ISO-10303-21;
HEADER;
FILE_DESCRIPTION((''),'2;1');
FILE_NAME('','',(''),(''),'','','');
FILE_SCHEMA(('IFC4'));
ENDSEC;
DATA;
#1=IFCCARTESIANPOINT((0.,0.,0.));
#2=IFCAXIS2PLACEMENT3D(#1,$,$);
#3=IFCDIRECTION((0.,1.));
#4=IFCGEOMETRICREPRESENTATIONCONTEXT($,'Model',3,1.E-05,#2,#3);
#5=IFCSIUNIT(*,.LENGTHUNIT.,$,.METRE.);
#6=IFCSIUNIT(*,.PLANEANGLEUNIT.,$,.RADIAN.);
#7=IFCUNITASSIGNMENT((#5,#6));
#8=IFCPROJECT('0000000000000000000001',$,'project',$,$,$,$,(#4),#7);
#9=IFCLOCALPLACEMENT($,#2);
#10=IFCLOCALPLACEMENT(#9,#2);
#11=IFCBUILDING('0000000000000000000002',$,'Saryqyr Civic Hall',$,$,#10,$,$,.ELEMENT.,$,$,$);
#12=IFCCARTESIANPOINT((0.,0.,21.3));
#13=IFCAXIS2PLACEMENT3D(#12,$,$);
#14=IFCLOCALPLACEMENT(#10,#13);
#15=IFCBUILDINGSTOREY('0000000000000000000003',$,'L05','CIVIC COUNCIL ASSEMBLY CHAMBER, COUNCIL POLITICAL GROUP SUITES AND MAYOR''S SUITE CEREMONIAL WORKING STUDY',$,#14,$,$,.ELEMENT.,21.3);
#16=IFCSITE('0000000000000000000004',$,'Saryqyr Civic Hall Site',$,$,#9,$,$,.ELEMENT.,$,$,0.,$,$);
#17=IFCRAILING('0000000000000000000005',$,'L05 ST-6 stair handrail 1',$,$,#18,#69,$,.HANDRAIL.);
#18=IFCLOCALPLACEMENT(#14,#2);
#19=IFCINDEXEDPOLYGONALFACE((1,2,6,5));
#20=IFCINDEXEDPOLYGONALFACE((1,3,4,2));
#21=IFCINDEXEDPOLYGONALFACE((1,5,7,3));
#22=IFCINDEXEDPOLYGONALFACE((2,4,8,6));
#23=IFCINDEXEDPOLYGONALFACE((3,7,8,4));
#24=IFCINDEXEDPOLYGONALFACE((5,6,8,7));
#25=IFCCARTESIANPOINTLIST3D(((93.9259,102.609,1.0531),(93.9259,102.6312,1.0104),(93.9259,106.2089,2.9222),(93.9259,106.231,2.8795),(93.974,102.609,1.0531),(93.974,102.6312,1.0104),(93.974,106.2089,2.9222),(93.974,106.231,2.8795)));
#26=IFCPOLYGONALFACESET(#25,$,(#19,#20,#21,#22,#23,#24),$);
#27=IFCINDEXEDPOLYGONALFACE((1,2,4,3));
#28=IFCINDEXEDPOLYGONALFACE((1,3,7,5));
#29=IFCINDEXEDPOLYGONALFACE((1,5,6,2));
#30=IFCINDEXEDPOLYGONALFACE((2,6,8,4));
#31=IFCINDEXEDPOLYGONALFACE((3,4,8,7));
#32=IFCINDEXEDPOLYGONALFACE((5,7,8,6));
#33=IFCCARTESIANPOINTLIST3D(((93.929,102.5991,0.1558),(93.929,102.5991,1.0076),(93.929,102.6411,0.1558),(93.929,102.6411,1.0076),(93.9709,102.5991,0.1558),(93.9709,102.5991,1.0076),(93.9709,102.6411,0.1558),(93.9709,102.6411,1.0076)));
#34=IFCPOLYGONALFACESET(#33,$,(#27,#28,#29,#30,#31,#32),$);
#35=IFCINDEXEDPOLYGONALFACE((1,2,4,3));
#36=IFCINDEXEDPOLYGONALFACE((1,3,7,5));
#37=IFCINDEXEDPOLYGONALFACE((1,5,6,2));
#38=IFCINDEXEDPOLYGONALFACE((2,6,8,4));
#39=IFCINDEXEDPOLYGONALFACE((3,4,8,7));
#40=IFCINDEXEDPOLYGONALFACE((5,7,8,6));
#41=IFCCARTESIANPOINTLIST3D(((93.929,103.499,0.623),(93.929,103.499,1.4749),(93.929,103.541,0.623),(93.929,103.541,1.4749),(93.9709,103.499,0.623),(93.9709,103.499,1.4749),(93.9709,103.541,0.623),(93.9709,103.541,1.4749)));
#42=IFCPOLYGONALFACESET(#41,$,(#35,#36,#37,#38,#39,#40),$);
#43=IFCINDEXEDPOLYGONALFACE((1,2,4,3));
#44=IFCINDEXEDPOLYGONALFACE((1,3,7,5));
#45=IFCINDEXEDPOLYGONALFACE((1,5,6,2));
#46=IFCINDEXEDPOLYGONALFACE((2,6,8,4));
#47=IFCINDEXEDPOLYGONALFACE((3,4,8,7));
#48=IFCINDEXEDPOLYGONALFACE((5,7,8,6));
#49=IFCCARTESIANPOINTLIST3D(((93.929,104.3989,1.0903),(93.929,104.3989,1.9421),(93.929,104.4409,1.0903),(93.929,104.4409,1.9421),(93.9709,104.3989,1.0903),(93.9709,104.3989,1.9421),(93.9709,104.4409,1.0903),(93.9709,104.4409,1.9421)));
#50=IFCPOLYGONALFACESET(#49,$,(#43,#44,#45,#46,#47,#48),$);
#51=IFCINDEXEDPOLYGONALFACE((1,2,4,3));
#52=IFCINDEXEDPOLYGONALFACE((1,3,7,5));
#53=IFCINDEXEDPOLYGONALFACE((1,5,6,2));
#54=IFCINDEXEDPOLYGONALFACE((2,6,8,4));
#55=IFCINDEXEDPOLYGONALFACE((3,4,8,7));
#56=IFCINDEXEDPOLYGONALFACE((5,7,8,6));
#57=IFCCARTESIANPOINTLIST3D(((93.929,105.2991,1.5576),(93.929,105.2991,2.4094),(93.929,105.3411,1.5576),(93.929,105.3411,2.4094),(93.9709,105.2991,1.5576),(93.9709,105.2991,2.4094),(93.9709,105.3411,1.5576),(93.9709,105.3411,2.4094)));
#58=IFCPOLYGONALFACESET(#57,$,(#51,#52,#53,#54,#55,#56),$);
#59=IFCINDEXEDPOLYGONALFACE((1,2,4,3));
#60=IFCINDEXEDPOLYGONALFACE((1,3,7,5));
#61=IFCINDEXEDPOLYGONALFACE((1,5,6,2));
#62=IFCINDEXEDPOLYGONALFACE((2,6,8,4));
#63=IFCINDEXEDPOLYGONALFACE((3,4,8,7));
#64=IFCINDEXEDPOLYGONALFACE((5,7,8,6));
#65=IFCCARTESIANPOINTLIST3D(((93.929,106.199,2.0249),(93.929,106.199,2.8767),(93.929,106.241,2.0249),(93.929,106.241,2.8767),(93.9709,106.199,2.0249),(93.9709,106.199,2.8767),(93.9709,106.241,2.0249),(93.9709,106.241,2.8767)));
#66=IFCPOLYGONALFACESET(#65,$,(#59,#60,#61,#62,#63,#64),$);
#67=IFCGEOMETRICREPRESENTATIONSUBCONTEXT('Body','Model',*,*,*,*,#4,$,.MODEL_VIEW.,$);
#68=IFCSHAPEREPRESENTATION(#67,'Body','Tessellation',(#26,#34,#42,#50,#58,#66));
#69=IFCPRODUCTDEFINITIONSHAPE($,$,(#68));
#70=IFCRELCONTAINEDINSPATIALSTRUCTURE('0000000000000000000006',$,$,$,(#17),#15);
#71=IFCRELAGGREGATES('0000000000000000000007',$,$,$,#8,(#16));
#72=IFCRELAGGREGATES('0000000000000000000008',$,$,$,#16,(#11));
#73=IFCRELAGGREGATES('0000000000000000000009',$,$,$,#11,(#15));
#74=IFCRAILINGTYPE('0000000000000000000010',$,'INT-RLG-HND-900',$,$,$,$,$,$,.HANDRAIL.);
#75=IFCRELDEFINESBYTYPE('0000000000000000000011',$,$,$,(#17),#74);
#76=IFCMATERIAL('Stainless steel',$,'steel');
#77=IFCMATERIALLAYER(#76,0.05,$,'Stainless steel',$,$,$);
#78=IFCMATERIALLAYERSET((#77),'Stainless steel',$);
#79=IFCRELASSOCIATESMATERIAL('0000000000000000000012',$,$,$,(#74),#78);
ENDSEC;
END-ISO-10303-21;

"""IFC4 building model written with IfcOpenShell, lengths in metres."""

from ifc_helpers import new_model, si_unit, direction, frame, origin, origin_2d, place, context, subcontext, project, spatial, rectangle, extrude, material, layer, layer_set, type_object, element, save


model = new_model("IFC4")

# Units and contexts
model_context = context("Model", 3, precision=1e-05, world=origin(), true_north=direction((0.0, 1.0)))
body_context = subcontext(model_context, "Body", "Model", "MODEL_VIEW")
ifc_project = project(units=[si_unit("LENGTHUNIT", "METRE"), si_unit("PLANEANGLEUNIT", "RADIAN")], contexts=[model_context])

# Site, building, storey
site_placement = place(None, origin())
site = spatial("IfcSite", under=ifc_project, at=site_placement, Name="Saryqyr Civic Hall Site", CompositionType="ELEMENT", RefElevation=0.0)
building_placement = place(site_placement, origin())
building = spatial("IfcBuilding", under=site, at=building_placement, Name="Saryqyr Civic Hall", CompositionType="ELEMENT")
storey_placement = place(building_placement, frame((0.0, 0.0, 21.3)))
storey = spatial("IfcBuildingStorey", under=building, at=storey_placement, Name="L05", Description="CIVIC COUNCIL ASSEMBLY CHAMBER, COUNCIL POLITICAL GROUP SUITES AND MAYOR'S SUITE CEREMONIAL WORKING STUDY", CompositionType="ELEMENT", Elevation=21.3)

# Railing
ifc_material_1 = material(Name="Stainless steel", Category="steel")
ifc_layer_1 = layer(ifc_material_1, 0.05, Name="Stainless steel")
ifc_layer_set_1 = layer_set([ifc_layer_1], Name="Stainless steel")
railing_type_1 = type_object("IfcRailingType", Name="INT-RLG-HND-900", PredefinedType="HANDRAIL", material=ifc_layer_set_1)
railing_1_placement = place(storey_placement, frame((93.95, 102.6201, 0.1558)))
element("IfcRailing", 1, at=railing_1_placement, inside=storey, type_object=railing_type_1, Name="L05 ST-6 stair handrail 1", PredefinedType="HANDRAIL", context=body_context, shape_type="SweptSolid", body=[
    extrude(rectangle(XDim=0.0481, YDim=0.0481, at=origin_2d()), frame((0.0, 0.0, 0.876), z_axis=(0.0, 0.887497, 0.460813), x_axis=(-1.0, 0.0, 0.0)), (0.0, 0.0, 1.0), 4.0562),
    extrude(rectangle(XDim=0.042, YDim=0.042, at=origin_2d()), origin(), (0.0, 0.0, 1.0), 0.8518),
    extrude(rectangle(XDim=0.042, YDim=0.042, at=origin_2d()), frame((0.0, 0.8999, 0.4673)), (0.0, 0.0, 1.0), 0.8518),
    extrude(rectangle(XDim=0.042, YDim=0.042, at=origin_2d()), frame((0.0, 1.7998, 0.9346)), (0.0, 0.0, 1.0), 0.8518),
    extrude(rectangle(XDim=0.042, YDim=0.042, at=origin_2d()), frame((0.0, 2.7, 1.4019)), (0.0, 0.0, 1.0), 0.8518),
    extrude(rectangle(XDim=0.042, YDim=0.042, at=origin_2d()), frame((0.0, 3.5999, 1.8691)), (0.0, 0.0, 1.0), 0.8518),
])

save(model, "model.ifc")
